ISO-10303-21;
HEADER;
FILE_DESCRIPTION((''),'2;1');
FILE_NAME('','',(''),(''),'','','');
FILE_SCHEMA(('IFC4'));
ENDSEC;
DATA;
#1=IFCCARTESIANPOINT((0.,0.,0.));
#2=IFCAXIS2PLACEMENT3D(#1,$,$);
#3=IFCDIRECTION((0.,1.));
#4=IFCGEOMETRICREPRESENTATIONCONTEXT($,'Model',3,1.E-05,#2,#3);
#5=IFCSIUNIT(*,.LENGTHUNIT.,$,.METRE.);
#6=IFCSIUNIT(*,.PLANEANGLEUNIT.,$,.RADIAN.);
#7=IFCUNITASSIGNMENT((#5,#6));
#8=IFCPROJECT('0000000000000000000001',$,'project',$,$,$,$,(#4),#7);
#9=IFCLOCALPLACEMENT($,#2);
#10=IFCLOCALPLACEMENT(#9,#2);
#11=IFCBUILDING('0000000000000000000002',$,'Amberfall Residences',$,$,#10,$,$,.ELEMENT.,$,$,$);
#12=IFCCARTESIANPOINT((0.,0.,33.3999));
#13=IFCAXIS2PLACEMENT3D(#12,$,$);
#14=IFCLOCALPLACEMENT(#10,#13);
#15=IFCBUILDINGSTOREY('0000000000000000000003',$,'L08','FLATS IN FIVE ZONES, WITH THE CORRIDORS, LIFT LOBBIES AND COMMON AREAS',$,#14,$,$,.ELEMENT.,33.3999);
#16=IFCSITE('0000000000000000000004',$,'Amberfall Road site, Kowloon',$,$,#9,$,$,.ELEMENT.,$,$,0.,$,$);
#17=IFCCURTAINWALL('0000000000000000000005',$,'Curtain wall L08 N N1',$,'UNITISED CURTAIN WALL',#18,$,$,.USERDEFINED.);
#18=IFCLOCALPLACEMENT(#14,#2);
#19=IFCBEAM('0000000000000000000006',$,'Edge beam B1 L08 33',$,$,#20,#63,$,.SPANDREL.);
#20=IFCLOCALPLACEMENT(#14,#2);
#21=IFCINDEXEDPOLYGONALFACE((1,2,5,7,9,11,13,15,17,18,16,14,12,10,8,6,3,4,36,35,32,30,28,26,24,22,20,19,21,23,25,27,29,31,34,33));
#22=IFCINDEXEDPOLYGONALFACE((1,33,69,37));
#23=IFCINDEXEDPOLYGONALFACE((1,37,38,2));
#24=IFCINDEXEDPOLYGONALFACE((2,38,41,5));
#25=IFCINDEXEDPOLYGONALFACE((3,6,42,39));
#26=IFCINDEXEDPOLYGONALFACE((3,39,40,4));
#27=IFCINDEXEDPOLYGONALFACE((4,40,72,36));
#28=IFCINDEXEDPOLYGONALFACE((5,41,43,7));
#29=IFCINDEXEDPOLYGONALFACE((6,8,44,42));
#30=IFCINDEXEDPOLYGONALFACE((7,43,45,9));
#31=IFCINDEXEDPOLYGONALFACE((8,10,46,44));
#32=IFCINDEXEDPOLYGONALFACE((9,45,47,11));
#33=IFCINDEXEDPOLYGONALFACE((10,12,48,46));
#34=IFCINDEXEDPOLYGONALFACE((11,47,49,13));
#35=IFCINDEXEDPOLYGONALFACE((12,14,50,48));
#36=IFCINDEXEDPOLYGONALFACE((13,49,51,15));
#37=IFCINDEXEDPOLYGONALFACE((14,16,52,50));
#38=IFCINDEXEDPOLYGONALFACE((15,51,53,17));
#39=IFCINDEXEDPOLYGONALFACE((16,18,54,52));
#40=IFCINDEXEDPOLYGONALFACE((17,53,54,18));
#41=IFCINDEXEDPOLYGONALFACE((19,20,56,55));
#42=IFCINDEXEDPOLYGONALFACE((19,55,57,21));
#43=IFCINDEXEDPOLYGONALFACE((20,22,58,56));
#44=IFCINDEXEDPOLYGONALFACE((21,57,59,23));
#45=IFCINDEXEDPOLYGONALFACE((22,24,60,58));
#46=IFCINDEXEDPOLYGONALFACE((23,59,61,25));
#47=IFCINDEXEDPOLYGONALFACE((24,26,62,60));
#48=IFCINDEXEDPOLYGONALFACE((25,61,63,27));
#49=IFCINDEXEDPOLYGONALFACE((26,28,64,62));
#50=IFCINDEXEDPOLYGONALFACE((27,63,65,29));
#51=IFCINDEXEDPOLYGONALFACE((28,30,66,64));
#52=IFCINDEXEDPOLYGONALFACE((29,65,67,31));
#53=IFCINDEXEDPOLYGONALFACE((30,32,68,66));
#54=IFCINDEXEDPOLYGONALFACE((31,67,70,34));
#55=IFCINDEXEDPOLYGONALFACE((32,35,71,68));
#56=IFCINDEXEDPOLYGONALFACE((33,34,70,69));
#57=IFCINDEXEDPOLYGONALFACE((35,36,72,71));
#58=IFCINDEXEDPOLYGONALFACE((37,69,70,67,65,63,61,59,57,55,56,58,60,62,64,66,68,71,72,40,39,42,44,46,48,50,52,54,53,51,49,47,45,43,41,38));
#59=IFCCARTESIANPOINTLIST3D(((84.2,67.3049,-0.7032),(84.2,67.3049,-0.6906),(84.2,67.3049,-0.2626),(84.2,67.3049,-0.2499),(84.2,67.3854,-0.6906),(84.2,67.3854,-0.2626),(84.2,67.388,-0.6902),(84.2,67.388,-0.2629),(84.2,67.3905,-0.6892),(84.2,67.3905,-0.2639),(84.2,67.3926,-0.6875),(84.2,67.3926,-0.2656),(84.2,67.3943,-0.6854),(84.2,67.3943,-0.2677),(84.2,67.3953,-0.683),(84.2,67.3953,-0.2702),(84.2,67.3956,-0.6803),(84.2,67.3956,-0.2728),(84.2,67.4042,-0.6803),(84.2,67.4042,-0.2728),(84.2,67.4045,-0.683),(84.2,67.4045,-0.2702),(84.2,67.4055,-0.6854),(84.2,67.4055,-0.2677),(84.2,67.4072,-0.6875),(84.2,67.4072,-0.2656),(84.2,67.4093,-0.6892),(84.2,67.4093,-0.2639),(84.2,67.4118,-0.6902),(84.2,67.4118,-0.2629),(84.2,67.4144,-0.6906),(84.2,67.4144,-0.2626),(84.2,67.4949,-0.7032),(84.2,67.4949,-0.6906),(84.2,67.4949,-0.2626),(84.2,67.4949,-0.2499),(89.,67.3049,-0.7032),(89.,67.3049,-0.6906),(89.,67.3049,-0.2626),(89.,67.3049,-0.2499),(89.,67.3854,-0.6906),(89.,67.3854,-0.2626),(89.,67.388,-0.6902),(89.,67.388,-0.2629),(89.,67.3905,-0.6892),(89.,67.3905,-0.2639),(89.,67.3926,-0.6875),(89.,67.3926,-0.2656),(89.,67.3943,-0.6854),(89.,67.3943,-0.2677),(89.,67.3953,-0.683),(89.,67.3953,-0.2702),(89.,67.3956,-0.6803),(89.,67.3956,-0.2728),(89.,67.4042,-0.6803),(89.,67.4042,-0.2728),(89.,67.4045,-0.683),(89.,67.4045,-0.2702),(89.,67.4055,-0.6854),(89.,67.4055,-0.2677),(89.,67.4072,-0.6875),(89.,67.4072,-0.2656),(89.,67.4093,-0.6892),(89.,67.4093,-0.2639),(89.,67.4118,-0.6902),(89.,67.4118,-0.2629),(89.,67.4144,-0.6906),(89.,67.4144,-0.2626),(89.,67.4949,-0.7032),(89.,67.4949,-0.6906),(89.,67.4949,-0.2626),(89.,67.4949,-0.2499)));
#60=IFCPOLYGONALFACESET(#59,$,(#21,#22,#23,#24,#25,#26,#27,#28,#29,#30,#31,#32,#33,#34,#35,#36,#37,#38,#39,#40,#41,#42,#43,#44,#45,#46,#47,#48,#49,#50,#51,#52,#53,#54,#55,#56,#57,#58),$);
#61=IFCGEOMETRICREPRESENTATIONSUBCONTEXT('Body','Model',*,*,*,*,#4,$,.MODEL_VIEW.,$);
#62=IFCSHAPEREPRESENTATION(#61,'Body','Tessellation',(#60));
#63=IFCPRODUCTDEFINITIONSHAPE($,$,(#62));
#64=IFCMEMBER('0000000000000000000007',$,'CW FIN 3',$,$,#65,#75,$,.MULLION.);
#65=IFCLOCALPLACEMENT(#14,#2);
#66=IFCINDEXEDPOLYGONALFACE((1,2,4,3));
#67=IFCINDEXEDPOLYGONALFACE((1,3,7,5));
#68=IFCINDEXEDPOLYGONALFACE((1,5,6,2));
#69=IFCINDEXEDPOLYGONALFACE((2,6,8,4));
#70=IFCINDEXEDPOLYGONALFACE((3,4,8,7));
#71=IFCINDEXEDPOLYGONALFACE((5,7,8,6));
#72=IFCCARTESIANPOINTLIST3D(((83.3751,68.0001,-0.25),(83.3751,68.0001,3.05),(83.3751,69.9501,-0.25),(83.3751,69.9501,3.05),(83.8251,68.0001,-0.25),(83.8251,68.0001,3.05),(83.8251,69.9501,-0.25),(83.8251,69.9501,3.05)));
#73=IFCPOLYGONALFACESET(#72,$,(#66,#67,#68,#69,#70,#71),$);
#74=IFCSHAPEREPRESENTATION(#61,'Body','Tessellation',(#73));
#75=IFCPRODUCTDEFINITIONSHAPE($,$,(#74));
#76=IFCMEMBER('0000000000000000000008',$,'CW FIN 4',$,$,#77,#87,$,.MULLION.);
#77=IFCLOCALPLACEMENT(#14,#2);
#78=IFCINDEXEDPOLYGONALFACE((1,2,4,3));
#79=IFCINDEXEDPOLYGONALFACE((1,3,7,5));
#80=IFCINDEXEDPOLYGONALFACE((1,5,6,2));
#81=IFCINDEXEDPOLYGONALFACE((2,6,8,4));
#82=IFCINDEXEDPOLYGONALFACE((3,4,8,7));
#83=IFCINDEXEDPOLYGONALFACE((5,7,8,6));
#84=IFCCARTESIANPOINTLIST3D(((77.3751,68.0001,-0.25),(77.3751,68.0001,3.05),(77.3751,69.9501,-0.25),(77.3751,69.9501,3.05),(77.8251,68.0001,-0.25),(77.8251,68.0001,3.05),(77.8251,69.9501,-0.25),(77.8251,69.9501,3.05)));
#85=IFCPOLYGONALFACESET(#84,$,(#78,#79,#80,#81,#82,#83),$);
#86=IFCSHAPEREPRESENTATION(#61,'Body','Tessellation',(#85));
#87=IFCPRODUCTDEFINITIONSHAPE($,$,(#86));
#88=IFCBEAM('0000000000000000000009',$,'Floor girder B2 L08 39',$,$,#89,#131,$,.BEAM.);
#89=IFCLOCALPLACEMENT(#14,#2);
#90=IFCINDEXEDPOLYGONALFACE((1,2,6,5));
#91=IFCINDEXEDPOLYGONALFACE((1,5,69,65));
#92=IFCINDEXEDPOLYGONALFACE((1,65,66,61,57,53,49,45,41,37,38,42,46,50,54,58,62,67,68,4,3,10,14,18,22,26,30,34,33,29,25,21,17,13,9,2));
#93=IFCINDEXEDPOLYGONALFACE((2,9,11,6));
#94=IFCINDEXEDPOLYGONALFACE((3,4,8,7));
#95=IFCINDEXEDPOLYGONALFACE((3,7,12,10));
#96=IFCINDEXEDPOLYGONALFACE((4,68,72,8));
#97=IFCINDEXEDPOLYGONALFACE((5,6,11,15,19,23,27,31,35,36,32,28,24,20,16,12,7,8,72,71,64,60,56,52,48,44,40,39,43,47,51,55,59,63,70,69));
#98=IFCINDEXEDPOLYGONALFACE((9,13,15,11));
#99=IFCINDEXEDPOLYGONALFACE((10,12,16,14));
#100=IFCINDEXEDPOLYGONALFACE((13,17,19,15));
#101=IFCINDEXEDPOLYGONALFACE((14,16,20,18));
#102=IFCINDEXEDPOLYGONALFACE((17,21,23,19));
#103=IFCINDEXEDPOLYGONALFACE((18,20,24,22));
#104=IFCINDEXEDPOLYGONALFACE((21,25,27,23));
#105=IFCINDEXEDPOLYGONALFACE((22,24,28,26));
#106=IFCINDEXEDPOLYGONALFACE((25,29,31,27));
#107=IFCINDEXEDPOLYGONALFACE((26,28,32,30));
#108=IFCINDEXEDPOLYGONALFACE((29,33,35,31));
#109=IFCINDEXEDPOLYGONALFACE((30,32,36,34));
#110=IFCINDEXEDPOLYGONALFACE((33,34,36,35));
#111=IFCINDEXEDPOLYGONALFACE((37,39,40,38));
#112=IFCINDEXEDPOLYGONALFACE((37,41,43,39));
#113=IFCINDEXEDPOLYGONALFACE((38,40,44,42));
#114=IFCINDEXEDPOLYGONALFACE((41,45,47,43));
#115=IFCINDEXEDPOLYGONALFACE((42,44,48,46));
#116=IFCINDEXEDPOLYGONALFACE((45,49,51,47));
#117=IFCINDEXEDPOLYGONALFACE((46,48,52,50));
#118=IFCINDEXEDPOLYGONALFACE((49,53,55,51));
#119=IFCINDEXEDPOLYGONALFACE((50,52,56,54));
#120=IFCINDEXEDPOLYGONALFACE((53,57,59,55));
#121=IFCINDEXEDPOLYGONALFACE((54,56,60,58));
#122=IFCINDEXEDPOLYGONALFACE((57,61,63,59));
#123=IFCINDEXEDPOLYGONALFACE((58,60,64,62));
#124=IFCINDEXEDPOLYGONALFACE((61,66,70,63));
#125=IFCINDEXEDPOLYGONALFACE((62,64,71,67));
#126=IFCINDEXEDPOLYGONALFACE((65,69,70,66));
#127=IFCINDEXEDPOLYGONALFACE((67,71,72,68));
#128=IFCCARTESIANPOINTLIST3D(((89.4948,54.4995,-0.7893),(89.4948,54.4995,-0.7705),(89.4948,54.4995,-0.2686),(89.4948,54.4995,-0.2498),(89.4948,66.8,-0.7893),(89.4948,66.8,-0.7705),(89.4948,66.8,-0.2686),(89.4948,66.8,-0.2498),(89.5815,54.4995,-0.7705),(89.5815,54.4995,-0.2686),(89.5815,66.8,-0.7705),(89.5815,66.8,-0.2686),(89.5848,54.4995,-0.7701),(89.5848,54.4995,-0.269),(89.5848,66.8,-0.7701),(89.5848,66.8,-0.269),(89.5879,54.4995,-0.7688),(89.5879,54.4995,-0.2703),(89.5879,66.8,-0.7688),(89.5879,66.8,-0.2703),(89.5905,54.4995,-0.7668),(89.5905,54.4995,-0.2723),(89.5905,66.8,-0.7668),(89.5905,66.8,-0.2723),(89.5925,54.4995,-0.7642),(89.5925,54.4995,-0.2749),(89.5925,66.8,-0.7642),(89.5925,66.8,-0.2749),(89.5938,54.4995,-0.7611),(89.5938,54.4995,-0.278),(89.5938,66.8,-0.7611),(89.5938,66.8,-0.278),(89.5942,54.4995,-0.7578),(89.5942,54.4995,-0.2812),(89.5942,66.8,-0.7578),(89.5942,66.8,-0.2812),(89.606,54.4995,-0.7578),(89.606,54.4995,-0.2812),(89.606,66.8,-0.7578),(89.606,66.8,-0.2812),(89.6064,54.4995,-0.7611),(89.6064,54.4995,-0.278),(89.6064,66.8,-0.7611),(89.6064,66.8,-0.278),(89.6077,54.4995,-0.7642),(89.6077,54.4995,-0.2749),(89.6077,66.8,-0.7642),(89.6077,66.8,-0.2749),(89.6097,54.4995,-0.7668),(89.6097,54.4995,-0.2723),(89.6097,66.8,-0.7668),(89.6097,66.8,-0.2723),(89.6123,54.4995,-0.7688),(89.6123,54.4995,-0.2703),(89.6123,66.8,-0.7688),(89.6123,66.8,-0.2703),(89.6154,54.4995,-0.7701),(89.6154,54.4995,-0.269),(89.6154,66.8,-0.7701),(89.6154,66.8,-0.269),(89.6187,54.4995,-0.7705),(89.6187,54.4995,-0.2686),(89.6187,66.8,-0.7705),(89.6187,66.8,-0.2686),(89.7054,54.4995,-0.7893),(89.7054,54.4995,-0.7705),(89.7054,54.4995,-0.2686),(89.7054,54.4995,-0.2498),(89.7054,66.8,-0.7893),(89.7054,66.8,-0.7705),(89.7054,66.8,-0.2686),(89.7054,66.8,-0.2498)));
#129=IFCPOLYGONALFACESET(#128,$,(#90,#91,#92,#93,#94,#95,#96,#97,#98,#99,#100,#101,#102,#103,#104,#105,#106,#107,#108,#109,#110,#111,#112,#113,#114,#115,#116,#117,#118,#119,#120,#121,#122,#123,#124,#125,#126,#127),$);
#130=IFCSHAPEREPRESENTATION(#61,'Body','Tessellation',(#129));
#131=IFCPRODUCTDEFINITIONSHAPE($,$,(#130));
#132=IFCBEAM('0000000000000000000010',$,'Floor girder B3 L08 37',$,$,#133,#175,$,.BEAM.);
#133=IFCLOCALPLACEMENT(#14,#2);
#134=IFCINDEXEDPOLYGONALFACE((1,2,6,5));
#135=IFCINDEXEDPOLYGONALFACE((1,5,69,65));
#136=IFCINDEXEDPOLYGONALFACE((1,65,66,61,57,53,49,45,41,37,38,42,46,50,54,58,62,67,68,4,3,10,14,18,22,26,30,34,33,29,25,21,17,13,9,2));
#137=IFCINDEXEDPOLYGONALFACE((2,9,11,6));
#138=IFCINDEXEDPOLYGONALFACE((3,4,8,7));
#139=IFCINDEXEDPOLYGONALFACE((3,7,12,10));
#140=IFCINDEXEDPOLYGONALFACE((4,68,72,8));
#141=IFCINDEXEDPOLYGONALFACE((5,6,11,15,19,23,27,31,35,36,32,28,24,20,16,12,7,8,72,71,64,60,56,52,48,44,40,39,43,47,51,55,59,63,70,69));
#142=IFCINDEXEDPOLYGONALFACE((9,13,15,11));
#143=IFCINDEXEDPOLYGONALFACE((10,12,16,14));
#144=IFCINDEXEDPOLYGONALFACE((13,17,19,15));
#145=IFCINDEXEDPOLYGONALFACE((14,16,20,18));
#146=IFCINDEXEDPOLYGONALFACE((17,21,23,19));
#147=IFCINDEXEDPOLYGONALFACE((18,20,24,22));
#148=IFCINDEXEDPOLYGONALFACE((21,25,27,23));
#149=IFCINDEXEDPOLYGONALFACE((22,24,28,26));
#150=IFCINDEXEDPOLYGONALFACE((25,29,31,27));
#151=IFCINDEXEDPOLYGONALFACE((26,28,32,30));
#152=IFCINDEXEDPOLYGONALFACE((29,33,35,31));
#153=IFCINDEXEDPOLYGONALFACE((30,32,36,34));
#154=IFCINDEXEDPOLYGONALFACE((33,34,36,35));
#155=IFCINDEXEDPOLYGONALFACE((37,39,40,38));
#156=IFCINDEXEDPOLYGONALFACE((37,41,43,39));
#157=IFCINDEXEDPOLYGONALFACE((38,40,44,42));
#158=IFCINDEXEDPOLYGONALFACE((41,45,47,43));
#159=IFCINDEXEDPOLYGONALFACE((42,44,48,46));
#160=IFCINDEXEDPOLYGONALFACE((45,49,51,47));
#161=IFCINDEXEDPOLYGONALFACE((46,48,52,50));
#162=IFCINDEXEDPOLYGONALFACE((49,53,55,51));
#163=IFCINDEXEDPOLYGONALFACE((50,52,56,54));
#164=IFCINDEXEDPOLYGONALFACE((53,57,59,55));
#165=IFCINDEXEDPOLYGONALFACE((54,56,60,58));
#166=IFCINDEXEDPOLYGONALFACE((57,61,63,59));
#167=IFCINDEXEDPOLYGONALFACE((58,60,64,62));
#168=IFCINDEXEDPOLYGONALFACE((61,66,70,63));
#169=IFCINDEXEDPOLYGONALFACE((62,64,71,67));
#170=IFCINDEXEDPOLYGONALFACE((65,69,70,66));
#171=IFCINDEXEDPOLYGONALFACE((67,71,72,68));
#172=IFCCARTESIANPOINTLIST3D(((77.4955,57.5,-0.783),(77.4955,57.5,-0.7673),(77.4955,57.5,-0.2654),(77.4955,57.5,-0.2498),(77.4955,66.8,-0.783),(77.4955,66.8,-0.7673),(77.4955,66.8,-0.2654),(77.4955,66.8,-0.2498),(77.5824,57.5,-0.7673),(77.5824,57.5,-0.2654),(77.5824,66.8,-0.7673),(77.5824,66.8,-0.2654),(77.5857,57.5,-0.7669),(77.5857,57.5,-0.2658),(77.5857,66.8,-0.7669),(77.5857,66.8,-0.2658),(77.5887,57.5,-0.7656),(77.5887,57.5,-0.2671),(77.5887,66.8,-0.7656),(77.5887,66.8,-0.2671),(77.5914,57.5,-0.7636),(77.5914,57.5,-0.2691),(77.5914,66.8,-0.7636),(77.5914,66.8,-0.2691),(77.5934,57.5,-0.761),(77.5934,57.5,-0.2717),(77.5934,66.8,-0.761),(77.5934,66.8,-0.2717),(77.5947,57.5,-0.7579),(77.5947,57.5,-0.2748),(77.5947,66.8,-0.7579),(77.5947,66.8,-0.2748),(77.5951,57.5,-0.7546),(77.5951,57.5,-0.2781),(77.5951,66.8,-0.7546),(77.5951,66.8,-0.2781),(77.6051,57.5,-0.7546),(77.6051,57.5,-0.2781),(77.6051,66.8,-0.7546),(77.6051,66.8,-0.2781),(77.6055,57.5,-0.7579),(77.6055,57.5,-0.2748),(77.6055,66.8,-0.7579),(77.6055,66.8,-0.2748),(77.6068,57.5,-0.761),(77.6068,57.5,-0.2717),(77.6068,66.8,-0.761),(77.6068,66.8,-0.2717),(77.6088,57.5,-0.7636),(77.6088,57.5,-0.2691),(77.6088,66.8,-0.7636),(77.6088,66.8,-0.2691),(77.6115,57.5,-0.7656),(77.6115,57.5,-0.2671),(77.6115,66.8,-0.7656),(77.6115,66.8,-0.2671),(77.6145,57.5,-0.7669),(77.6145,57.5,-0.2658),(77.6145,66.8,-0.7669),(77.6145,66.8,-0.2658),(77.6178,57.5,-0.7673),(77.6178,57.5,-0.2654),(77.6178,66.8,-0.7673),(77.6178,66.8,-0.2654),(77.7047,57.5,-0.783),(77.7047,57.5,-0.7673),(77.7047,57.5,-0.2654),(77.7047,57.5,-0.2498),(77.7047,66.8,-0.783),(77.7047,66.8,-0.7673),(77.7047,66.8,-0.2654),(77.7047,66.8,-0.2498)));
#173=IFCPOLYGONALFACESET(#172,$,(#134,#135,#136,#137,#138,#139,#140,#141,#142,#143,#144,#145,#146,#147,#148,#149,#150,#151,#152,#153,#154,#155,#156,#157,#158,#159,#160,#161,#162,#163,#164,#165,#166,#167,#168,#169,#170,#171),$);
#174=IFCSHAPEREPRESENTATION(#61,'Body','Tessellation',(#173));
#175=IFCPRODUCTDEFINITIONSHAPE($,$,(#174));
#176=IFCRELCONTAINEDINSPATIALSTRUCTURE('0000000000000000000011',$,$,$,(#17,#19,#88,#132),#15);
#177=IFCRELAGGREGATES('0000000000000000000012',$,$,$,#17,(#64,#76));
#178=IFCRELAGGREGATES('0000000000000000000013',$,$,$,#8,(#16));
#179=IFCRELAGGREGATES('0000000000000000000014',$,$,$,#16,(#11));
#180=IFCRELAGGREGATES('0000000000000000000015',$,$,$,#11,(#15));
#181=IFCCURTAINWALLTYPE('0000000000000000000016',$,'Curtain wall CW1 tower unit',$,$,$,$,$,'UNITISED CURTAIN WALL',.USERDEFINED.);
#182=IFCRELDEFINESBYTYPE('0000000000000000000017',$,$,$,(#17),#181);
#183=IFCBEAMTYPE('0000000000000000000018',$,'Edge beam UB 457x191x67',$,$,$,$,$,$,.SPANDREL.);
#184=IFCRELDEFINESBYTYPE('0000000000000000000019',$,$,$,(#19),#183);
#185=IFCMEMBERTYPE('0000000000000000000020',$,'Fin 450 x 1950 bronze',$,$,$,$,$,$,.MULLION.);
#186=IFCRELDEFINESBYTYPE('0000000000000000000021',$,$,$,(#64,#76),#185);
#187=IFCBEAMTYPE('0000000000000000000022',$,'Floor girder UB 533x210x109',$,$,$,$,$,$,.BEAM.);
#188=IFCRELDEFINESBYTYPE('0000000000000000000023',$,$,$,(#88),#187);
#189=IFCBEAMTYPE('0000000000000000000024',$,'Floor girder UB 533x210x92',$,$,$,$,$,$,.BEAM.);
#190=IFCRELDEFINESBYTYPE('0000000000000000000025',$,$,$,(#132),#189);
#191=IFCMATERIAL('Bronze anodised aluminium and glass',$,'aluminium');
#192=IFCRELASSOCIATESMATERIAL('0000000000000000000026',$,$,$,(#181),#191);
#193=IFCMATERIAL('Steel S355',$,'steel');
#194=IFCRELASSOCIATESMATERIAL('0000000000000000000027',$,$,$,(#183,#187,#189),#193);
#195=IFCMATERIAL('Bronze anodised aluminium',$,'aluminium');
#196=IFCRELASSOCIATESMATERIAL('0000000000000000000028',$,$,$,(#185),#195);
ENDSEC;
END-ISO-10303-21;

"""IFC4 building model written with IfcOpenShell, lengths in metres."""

from ifc_helpers import new_model, si_unit, direction, frame, origin, origin_2d, place, context, subcontext, project, spatial, rectangle, i_section, extrude, material, material_profile, profile_set, type_object, element, aggregate, save


model = new_model("IFC4")

# Units and contexts
model_context = context("Model", 3, precision=1e-05, world=origin(), true_north=direction((0.0, 1.0)))
body_context = subcontext(model_context, "Body", "Model", "MODEL_VIEW")
ifc_project = project(units=[si_unit("LENGTHUNIT", "METRE"), si_unit("PLANEANGLEUNIT", "RADIAN")], contexts=[model_context])

# Site, building, storey
site_placement = place(None, origin())
site = spatial("IfcSite", under=ifc_project, at=site_placement, Name="Amberfall Road site, Kowloon", CompositionType="ELEMENT", RefElevation=0.0)
building_placement = place(site_placement, origin())
building = spatial("IfcBuilding", under=site, at=building_placement, Name="Amberfall Residences", CompositionType="ELEMENT")
storey_placement = place(building_placement, frame((0.0, 0.0, 33.3999)))
storey = spatial("IfcBuildingStorey", under=building, at=storey_placement, Name="L08", Description="FLATS IN FIVE ZONES, WITH THE CORRIDORS, LIFT LOBBIES AND COMMON AREAS", CompositionType="ELEMENT", Elevation=33.3999)

# Curtain wall
ifc_material_1 = material(Name="Bronze anodised aluminium and glass", Category="aluminium")
curtain_wall_type = type_object("IfcCurtainWallType", Name="Curtain wall CW1 tower unit", ElementType="UNITISED CURTAIN WALL", PredefinedType="USERDEFINED", material=ifc_material_1)
curtain_wall_placement = place(storey_placement, origin())
curtain_wall = element("IfcCurtainWall", 1, at=curtain_wall_placement, inside=storey, type_object=curtain_wall_type, Name="Curtain wall L08 N N1", ObjectType="UNITISED CURTAIN WALL", PredefinedType="USERDEFINED")
ifc_material_2 = material(Name="Bronze anodised aluminium", Category="aluminium")

# Beam
ifc_material_3 = material(Name="Steel S355", Category="steel")
ifc_material_profile_1 = material_profile(ifc_material_3, i_section(OverallWidth=0.1899, OverallDepth=0.4534, WebThickness=0.0085, FlangeThickness=0.0127, FilletRadius=0.0103, at=origin_2d()), Name="UB 457x191x67")
ifc_profile_set_1 = profile_set([ifc_material_profile_1], Name="Steel S355")
beam_type_1 = type_object("IfcBeamType", Name="Edge beam UB 457x191x67", PredefinedType="SPANDREL", material=ifc_profile_set_1)
for number, where, z_axis, x_axis, name in (
    (2, (84.2, 67.3999, -0.4766), (1.0, 0.0, 0.0), (0.0, 1.0, 0.0), "Edge beam B1 L08 33"),
):
    element("IfcBeam", number, at=place(storey_placement, frame(where, z_axis=z_axis, x_axis=x_axis)), inside=storey, type_object=beam_type_1, Name=name, PredefinedType="SPANDREL", context=body_context, shape_type="SweptSolid", body=[
        extrude(i_section(OverallWidth=0.1899, OverallDepth=0.4534, WebThickness=0.0085, FlangeThickness=0.0127, FilletRadius=0.0103, at=origin_2d()), origin(), (0.0, 0.0, 1.0), 4.8),
    ])

# Members
ifc_material_profile_2 = material_profile(ifc_material_2, rectangle(XDim=1.95, YDim=0.45, at=origin_2d()), Name="Fin 450 x 1950 bronze")
ifc_profile_set_2 = profile_set([ifc_material_profile_2], Name="Bronze anodised aluminium")
member_type_1 = type_object("IfcMemberType", Name="Fin 450 x 1950 bronze", PredefinedType="MULLION", material=ifc_profile_set_2)
member_1_placement = place(storey_placement, frame((83.6001, 68.9751, -0.25), z_axis=(0.0, 0.0, 1.0), x_axis=(0.0, -1.0, 0.0)))
member_1 = element("IfcMember", 3, at=member_1_placement, type_object=member_type_1, Name="CW FIN 3", PredefinedType="MULLION", context=body_context, shape_type="SweptSolid", body=[
    extrude(rectangle(XDim=1.95, YDim=0.45, at=origin_2d()), origin(), (0.0, 0.0, 1.0), 3.3),
])
member_2_placement = place(storey_placement, frame((77.6001, 68.9751, -0.25), z_axis=(0.0, 0.0, 1.0), x_axis=(0.0, -1.0, 0.0)))
member_2 = element("IfcMember", 4, at=member_2_placement, type_object=member_type_1, Name="CW FIN 4", PredefinedType="MULLION", context=body_context, shape_type="SweptSolid", body=[
    extrude(rectangle(XDim=1.95, YDim=0.45, at=origin_2d()), origin(), (0.0, 0.0, 1.0), 3.3),
])

# Beams
ifc_material_profile_3 = material_profile(ifc_material_3, i_section(OverallWidth=0.2107, OverallDepth=0.5396, WebThickness=0.0117, FlangeThickness=0.0188, FilletRadius=0.0127, at=origin_2d()), Name="UB 533x210x109")
ifc_profile_set_3 = profile_set([ifc_material_profile_3], Name="Steel S355")
beam_type_2 = type_object("IfcBeamType", Name="Floor girder UB 533x210x109", PredefinedType="BEAM", material=ifc_profile_set_3)
beam_placement = place(storey_placement, frame((89.6001, 66.8, -0.5195), z_axis=(0.0, -1.0, 0.0), x_axis=(1.0, 0.0, 0.0)))
element("IfcBeam", 5, at=beam_placement, inside=storey, type_object=beam_type_2, Name="Floor girder B2 L08 39", PredefinedType="BEAM", context=body_context, shape_type="SweptSolid", body=[
    extrude(i_section(OverallWidth=0.2107, OverallDepth=0.5396, WebThickness=0.0117, FlangeThickness=0.0188, FilletRadius=0.0127, at=origin_2d()), origin(), (0.0, 0.0, 1.0), 12.3005),
])
ifc_material_profile_4 = material_profile(ifc_material_3, i_section(OverallWidth=0.2092, OverallDepth=0.5332, WebThickness=0.01, FlangeThickness=0.0156, FilletRadius=0.0127, at=origin_2d()), Name="UB 533x210x92")
ifc_profile_set_4 = profile_set([ifc_material_profile_4], Name="Steel S355")
beam_type_3 = type_object("IfcBeamType", Name="Floor girder UB 533x210x92", PredefinedType="BEAM", material=ifc_profile_set_4)
for number, where, z_axis, x_axis, name in (
    (6, (77.6001, 66.8, -0.5164), (0.0, -1.0, 0.0), (1.0, 0.0, 0.0), "Floor girder B3 L08 37"),
):
    element("IfcBeam", number, at=place(storey_placement, frame(where, z_axis=z_axis, x_axis=x_axis)), inside=storey, type_object=beam_type_3, Name=name, PredefinedType="BEAM", context=body_context, shape_type="SweptSolid", body=[
        extrude(i_section(OverallWidth=0.2092, OverallDepth=0.5332, WebThickness=0.01, FlangeThickness=0.0156, FilletRadius=0.0127, at=origin_2d()), origin(), (0.0, 0.0, 1.0), 9.3),
    ])

aggregate(curtain_wall, [member_1, member_2])

save(model, "model.ifc")
